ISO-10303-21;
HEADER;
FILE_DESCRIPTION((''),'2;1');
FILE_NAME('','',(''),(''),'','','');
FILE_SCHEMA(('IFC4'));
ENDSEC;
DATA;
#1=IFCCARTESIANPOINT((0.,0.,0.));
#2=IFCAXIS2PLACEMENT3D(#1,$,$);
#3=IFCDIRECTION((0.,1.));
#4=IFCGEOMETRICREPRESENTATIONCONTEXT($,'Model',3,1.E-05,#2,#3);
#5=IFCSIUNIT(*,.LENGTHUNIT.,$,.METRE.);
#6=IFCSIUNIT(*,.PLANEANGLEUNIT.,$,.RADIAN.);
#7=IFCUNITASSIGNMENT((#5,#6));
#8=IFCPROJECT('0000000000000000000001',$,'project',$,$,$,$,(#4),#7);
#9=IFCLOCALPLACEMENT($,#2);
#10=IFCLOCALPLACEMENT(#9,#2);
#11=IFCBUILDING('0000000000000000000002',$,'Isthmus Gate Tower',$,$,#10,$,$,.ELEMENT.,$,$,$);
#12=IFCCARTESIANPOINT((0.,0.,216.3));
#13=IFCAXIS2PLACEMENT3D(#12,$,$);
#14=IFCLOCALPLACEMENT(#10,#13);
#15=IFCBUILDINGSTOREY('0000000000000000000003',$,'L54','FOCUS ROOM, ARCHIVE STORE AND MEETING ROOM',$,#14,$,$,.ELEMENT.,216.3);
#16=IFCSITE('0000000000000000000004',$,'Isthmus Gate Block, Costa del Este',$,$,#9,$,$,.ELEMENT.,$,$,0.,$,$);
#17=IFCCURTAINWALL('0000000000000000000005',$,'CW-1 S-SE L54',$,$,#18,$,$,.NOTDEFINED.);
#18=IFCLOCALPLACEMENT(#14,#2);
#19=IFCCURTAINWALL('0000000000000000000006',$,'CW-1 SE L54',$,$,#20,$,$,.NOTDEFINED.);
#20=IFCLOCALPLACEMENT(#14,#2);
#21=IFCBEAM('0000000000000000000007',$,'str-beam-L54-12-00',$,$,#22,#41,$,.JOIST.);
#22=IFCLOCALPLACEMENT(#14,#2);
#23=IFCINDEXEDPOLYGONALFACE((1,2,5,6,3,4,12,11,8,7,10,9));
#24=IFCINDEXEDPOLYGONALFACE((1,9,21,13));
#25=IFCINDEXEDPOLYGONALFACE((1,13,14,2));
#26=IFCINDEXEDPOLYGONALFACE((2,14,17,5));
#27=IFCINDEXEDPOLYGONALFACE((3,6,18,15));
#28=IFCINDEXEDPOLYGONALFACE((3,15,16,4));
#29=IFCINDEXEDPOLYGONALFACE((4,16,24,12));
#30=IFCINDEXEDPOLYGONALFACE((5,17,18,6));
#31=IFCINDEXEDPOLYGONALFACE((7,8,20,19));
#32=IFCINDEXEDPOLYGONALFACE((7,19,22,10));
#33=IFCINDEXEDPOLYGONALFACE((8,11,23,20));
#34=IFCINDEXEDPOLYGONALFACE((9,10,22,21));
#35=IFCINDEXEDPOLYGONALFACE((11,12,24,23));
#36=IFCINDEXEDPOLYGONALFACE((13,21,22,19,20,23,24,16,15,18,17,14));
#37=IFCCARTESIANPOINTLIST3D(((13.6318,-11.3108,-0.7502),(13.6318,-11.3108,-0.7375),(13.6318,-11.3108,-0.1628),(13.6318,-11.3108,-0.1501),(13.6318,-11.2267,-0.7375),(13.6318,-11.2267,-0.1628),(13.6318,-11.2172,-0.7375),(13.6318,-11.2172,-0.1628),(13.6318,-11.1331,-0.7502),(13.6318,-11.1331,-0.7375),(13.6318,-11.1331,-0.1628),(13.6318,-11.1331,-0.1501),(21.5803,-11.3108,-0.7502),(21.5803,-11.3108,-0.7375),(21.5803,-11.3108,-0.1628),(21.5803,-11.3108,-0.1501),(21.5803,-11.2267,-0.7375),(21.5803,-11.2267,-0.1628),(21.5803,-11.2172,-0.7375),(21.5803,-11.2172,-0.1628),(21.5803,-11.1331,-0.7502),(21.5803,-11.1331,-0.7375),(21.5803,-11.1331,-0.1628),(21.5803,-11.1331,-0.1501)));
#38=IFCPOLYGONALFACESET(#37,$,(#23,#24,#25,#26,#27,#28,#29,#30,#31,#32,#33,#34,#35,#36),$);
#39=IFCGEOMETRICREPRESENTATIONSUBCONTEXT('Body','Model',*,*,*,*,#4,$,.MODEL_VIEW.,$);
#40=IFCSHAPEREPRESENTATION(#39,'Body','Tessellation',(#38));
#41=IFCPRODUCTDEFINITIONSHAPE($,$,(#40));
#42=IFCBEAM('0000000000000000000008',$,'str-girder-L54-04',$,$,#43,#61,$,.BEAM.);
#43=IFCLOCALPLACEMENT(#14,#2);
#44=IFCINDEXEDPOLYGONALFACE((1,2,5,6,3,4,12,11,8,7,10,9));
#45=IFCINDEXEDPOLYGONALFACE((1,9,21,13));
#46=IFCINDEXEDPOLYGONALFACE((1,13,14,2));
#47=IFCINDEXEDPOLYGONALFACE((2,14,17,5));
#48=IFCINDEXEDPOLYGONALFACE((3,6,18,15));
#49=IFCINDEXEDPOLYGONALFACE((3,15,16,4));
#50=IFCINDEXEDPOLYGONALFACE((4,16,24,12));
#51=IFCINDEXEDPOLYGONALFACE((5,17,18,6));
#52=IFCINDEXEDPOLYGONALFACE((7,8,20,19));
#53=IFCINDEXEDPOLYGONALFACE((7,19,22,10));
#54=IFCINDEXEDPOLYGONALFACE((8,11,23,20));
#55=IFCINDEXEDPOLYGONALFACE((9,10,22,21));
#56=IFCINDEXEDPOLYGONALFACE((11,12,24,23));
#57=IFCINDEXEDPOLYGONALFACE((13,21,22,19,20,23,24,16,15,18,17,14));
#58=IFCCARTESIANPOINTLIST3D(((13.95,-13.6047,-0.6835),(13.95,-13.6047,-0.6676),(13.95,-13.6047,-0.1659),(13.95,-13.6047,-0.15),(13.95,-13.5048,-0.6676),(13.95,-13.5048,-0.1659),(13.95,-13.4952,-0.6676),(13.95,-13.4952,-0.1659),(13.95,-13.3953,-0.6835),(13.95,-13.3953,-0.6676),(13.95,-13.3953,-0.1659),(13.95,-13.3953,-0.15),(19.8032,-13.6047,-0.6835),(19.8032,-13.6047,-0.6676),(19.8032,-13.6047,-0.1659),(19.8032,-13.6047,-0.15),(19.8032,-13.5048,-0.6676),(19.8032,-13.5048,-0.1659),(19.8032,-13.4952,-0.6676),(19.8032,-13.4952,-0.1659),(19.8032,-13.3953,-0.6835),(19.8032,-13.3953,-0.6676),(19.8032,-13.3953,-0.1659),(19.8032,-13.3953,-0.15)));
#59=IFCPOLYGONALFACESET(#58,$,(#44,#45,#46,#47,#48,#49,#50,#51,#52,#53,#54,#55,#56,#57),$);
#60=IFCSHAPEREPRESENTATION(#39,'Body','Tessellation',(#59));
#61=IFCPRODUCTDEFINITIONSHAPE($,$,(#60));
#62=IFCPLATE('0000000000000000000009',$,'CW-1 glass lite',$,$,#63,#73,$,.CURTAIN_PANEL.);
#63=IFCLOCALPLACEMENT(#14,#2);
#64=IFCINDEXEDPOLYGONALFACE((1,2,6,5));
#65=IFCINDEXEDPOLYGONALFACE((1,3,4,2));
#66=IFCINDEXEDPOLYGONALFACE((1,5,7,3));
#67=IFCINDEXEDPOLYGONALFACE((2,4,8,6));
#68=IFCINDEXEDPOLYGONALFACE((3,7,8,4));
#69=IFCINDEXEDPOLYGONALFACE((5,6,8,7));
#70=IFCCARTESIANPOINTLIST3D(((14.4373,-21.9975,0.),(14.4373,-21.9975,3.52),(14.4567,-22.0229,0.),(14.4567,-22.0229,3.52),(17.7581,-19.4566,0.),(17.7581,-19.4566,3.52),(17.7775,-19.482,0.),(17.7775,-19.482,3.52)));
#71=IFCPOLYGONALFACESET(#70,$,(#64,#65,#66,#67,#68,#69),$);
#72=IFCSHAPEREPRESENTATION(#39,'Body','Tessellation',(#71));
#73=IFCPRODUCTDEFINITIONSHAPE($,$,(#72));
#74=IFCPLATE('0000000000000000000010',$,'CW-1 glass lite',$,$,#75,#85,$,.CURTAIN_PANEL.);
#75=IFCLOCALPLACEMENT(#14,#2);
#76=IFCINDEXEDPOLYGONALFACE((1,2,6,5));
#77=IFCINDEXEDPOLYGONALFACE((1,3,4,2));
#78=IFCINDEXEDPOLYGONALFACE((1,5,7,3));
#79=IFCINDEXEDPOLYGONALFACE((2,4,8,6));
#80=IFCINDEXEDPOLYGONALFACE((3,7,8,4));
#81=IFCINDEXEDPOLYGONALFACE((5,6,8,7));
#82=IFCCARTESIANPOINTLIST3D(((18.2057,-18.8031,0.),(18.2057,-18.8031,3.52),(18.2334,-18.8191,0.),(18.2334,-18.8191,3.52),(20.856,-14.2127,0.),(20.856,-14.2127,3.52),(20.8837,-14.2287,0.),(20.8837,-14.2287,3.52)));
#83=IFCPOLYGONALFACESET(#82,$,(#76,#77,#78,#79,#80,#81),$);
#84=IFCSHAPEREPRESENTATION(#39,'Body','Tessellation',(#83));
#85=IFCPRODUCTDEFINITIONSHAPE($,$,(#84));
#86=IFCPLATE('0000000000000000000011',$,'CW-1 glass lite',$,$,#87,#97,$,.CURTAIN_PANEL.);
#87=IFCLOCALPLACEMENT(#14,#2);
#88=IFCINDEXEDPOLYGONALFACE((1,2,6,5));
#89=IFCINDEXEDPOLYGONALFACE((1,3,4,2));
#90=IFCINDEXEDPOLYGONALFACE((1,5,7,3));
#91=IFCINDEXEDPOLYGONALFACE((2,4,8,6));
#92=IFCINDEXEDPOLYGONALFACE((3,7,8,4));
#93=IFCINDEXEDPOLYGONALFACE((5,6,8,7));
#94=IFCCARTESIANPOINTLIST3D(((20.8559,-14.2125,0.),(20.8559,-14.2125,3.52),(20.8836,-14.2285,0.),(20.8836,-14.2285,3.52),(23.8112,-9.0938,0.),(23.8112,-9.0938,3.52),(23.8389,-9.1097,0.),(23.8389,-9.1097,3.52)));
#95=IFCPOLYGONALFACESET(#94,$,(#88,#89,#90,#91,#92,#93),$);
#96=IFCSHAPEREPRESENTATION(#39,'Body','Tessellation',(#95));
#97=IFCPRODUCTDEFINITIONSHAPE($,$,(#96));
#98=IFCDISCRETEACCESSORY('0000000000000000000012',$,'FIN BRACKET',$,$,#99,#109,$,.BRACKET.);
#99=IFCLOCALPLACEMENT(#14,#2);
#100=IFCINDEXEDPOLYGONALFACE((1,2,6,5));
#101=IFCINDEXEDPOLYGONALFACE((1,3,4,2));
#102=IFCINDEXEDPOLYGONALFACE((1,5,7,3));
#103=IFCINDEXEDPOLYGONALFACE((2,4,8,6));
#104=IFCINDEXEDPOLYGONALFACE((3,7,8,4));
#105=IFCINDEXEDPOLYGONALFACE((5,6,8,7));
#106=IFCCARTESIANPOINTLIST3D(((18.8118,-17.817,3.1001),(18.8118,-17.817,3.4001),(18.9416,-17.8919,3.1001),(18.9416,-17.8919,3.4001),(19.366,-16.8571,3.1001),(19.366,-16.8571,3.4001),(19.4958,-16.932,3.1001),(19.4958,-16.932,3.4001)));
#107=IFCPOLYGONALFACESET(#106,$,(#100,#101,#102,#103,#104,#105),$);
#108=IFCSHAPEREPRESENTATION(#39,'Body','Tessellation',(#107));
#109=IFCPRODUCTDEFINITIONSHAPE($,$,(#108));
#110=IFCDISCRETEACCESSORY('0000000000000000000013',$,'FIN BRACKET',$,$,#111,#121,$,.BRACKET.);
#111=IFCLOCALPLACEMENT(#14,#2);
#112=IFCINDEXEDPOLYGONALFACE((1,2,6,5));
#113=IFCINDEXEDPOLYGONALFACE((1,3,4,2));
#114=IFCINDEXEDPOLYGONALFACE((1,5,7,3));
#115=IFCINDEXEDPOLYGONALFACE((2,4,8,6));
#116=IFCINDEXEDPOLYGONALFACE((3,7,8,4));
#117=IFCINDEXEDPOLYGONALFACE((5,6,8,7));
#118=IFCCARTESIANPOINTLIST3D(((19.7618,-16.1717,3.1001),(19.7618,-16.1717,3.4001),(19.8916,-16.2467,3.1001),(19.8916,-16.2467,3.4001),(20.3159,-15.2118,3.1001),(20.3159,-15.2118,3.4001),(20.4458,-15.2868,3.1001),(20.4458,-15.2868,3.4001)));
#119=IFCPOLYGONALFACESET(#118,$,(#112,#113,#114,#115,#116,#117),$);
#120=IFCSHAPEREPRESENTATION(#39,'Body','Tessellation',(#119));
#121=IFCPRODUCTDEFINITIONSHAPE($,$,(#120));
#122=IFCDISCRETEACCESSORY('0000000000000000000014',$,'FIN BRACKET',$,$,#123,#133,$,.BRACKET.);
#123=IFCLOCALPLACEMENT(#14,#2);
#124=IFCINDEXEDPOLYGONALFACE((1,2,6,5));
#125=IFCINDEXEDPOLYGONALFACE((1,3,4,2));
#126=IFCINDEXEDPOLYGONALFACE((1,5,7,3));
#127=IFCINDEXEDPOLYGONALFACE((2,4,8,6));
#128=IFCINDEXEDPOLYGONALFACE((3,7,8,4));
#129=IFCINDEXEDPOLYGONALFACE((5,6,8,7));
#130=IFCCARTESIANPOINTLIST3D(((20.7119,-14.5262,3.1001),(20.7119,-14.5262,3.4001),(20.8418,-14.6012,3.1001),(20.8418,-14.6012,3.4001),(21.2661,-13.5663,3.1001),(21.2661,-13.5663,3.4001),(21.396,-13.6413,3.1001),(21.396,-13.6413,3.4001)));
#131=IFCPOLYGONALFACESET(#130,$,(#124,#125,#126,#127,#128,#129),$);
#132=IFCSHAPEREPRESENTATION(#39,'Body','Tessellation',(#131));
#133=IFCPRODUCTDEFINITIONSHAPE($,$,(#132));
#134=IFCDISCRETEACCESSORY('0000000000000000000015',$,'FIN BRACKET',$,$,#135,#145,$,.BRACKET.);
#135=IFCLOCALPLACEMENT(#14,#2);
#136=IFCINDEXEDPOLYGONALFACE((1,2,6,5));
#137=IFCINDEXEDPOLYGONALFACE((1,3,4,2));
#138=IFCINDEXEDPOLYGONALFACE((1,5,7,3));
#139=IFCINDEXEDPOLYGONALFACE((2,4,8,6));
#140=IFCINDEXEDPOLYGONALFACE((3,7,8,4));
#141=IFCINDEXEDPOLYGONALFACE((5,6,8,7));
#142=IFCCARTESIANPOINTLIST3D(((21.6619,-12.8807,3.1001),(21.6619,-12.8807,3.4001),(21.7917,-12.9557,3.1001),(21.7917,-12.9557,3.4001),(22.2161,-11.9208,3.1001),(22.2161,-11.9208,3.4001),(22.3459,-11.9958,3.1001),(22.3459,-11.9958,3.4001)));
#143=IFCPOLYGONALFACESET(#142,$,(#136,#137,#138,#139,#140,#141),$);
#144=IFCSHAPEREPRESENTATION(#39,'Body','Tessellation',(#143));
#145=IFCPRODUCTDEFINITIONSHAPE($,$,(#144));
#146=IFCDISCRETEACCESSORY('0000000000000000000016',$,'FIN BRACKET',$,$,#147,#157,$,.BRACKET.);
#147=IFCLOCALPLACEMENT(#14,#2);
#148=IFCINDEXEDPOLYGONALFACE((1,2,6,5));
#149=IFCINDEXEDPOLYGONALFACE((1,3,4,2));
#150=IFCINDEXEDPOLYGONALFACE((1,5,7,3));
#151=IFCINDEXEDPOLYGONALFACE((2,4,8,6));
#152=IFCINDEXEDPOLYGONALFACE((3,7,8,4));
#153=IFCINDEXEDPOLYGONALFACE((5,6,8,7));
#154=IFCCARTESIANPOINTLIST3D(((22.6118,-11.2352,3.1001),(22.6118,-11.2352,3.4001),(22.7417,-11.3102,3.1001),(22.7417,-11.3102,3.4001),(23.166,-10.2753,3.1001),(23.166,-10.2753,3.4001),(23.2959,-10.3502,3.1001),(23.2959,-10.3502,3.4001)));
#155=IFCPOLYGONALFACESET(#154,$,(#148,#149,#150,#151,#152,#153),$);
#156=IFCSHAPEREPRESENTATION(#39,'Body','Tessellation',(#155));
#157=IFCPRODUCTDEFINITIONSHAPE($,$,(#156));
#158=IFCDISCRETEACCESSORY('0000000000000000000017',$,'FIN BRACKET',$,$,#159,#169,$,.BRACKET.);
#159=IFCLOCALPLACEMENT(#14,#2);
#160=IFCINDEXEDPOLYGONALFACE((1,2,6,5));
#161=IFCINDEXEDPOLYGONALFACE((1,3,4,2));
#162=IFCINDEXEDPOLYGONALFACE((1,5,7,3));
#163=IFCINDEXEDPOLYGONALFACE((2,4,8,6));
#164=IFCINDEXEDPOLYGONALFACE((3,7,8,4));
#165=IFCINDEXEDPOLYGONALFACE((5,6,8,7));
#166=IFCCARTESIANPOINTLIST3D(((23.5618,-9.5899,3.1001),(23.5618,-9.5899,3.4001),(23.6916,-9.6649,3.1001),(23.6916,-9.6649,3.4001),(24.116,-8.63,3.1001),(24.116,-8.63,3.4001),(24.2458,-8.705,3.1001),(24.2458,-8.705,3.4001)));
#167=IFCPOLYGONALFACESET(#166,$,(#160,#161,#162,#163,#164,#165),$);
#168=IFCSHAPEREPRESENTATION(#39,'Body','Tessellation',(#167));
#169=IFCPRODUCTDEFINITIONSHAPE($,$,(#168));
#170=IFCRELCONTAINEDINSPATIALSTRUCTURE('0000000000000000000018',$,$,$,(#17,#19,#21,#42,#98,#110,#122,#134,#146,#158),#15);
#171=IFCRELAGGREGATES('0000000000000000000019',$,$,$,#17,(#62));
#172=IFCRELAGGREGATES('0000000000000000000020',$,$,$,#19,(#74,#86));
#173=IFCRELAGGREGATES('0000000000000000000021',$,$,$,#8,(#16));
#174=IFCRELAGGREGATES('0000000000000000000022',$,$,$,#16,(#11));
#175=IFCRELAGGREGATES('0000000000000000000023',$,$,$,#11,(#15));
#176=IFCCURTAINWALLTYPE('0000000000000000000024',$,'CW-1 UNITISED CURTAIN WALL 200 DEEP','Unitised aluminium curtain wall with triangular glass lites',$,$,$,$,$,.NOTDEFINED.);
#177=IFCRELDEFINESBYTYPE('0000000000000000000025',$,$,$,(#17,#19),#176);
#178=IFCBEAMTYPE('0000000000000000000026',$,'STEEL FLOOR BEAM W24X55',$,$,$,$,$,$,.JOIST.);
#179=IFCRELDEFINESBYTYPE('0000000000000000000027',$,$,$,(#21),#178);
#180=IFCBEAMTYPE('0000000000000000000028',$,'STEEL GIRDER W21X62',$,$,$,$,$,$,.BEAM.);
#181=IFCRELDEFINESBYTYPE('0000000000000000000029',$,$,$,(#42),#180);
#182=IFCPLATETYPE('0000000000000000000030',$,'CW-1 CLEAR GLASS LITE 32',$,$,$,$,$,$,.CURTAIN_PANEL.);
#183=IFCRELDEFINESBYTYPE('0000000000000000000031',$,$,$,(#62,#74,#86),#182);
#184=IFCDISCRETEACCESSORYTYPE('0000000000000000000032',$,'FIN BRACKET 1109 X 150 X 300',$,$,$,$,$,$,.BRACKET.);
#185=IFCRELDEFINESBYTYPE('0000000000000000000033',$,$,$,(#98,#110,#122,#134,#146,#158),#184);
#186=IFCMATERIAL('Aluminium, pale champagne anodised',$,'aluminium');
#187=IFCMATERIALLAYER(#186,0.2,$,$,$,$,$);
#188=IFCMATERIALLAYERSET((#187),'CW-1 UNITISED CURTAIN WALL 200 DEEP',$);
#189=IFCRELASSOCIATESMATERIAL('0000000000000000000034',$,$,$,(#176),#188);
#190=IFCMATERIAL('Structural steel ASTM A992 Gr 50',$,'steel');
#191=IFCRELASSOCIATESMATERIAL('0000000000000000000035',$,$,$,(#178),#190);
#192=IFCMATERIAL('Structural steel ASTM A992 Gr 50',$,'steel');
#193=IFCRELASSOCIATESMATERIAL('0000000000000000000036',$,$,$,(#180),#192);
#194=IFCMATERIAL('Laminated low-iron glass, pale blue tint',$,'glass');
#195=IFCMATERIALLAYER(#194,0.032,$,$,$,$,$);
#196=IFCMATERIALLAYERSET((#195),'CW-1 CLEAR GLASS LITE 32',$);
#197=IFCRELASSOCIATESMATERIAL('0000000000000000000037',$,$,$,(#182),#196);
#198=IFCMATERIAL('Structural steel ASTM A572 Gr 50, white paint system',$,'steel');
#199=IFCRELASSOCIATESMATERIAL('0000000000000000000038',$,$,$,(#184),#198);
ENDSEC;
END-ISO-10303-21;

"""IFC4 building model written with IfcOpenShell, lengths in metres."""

from ifc_helpers import new_model, si_unit, direction, frame, origin, origin_2d, place, context, subcontext, project, spatial, rectangle, i_section, extrude, material, layer, layer_set, material_profile, profile_set, type_object, element, aggregate, save


model = new_model("IFC4")

# Units and contexts
model_context = context("Model", 3, precision=1e-05, world=origin(), true_north=direction((0.0, 1.0)))
body_context = subcontext(model_context, "Body", "Model", "MODEL_VIEW")
ifc_project = project(units=[si_unit("LENGTHUNIT", "METRE"), si_unit("PLANEANGLEUNIT", "RADIAN")], contexts=[model_context])

# Site, building, storey
site_placement = place(None, origin())
site = spatial("IfcSite", under=ifc_project, at=site_placement, Name="Isthmus Gate Block, Costa del Este", CompositionType="ELEMENT", RefElevation=0.0)
building_placement = place(site_placement, origin())
building = spatial("IfcBuilding", under=site, at=building_placement, Name="Isthmus Gate Tower", CompositionType="ELEMENT")
storey_placement = place(building_placement, frame((0.0, 0.0, 216.3)))
storey = spatial("IfcBuildingStorey", under=building, at=storey_placement, Name="L54", Description="FOCUS ROOM, ARCHIVE STORE AND MEETING ROOM", CompositionType="ELEMENT", Elevation=216.3)

# Curtain wall
ifc_material_1 = material(Name="Aluminium, pale champagne anodised", Category="aluminium")
ifc_layer_1 = layer(ifc_material_1, 0.2)
ifc_layer_set_1 = layer_set([ifc_layer_1], Name="CW-1 UNITISED CURTAIN WALL 200 DEEP")
curtain_wall_type = type_object("IfcCurtainWallType", Name="CW-1 UNITISED CURTAIN WALL 200 DEEP", Description="Unitised aluminium curtain wall with triangular glass lites", PredefinedType="NOTDEFINED", material=ifc_layer_set_1)
curtain_wall_1_placement = place(storey_placement, origin())
curtain_wall_1 = element("IfcCurtainWall", 1, at=curtain_wall_1_placement, inside=storey, type_object=curtain_wall_type, Name="CW-1 S-SE L54", PredefinedType="NOTDEFINED")

# Curtain wall
curtain_wall_2_placement = place(storey_placement, origin())
curtain_wall_2 = element("IfcCurtainWall", 2, at=curtain_wall_2_placement, inside=storey, type_object=curtain_wall_type, Name="CW-1 SE L54", PredefinedType="NOTDEFINED")

# Beams
ifc_material_2 = material(Name="Structural steel ASTM A992 Gr 50", Category="steel")
ifc_material_profile_1 = material_profile(ifc_material_2, i_section(OverallWidth=0.1777, OverallDepth=0.6001, WebThickness=0.0095, FlangeThickness=0.0127, at=origin_2d()), Name="W24X55")
ifc_profile_set_1 = profile_set([ifc_material_profile_1], Name="Structural steel ASTM A992 Gr 50")
beam_type_1 = type_object("IfcBeamType", Name="STEEL FLOOR BEAM W24X55", PredefinedType="JOIST", material=ifc_profile_set_1)
beam_1_placement = place(storey_placement, frame((13.6318, -11.2219, -0.4502), z_axis=(1.0, 0.0, 0.0), x_axis=(0.0, 1.0, 0.0)))
element("IfcBeam", 3, at=beam_1_placement, inside=storey, type_object=beam_type_1, Name="str-beam-L54-12-00", PredefinedType="JOIST", context=body_context, shape_type="SweptSolid", body=[
    extrude(i_section(OverallWidth=0.1777, OverallDepth=0.6001, WebThickness=0.0095, FlangeThickness=0.0127, at=origin_2d()), origin(), (0.0, 0.0, 1.0), 7.9485),
])
ifc_material_3 = material(Name="Structural steel ASTM A992 Gr 50", Category="steel")
ifc_material_profile_2 = material_profile(ifc_material_3, i_section(OverallWidth=0.2095, OverallDepth=0.5334, WebThickness=0.0095, FlangeThickness=0.0159, at=origin_2d()), Name="W21X62")
ifc_profile_set_2 = profile_set([ifc_material_profile_2], Name="Structural steel ASTM A992 Gr 50")
beam_type_2 = type_object("IfcBeamType", Name="STEEL GIRDER W21X62", PredefinedType="BEAM", material=ifc_profile_set_2)
beam_2_placement = place(storey_placement, frame((13.95, -13.5, -0.4167), z_axis=(1.0, 0.0, 0.0), x_axis=(0.0, 1.0, 0.0)))
element("IfcBeam", 4, at=beam_2_placement, inside=storey, type_object=beam_type_2, Name="str-girder-L54-04", PredefinedType="BEAM", context=body_context, shape_type="SweptSolid", body=[
    extrude(i_section(OverallWidth=0.2095, OverallDepth=0.5334, WebThickness=0.0095, FlangeThickness=0.0159, at=origin_2d()), origin(), (0.0, 0.0, 1.0), 5.8533),
])

# Plates
ifc_material_4 = material(Name="Laminated low-iron glass, pale blue tint", Category="glass")
ifc_layer_2 = layer(ifc_material_4, 0.032)
ifc_layer_set_2 = layer_set([ifc_layer_2], Name="CW-1 CLEAR GLASS LITE 32")
plate_type = type_object("IfcPlateType", Name="CW-1 CLEAR GLASS LITE 32", PredefinedType="CURTAIN_PANEL", material=ifc_layer_set_2)
plate_1_placement = place(storey_placement, frame((16.1074, -20.7397, 0.0), z_axis=(0.0, 0.0, 1.0), x_axis=(0.794189, 0.607671, 0.0)))
plate_1 = element("IfcPlate", 5, at=plate_1_placement, type_object=plate_type, Name="CW-1 glass lite", PredefinedType="CURTAIN_PANEL", context=body_context, shape_type="SweptSolid", body=[
    extrude(rectangle(XDim=4.1814, YDim=0.032, at=origin_2d()), origin(), (0.0, 0.0, 1.0), 3.52),
])
aggregate(curtain_wall_1, [plate_1])
plate_2_placement = place(storey_placement, frame((19.5447, -16.5159, 0.0), z_axis=(0.0, 0.0, 1.0), x_axis=(0.5, 0.866025, 0.0)))
plate_2 = element("IfcPlate", 6, at=plate_2_placement, type_object=plate_type, Name="CW-1 glass lite", PredefinedType="CURTAIN_PANEL", context=body_context, shape_type="SweptSolid", body=[
    extrude(rectangle(XDim=5.3005, YDim=0.032, at=origin_2d()), origin(), (0.0, 0.0, 1.0), 3.52),
])
plate_3_placement = place(storey_placement, frame((22.3474, -11.6611, 0.0), z_axis=(0.0, 0.0, 1.0), x_axis=(0.5, 0.866025, 0.0)))
plate_3 = element("IfcPlate", 7, at=plate_3_placement, type_object=plate_type, Name="CW-1 glass lite", PredefinedType="CURTAIN_PANEL", context=body_context, shape_type="SweptSolid", body=[
    extrude(rectangle(XDim=5.9106, YDim=0.032, at=origin_2d()), origin(), (0.0, 0.0, 1.0), 3.52),
])
aggregate(curtain_wall_2, [plate_2, plate_3])

# Discrete accessories
ifc_material_5 = material(Name="Structural steel ASTM A572 Gr 50, white paint system", Category="steel")
discrete_accessory_type = type_object("IfcDiscreteAccessoryType", Name="FIN BRACKET 1109 X 150 X 300", PredefinedType="BRACKET", material=ifc_material_5)
for number, where, z_axis, x_axis, name in (
    (8, (19.1538, -17.3745, 3.1001), (0.0, 0.0, 1.0), (0.866025, -0.5, 0.0), "FIN BRACKET"),
    (9, (20.1038, -15.7292, 3.1001), (0.0, 0.0, 1.0), (0.866025, -0.5, 0.0), "FIN BRACKET"),
    (10, (21.054, -14.0837, 3.1001), (0.0, 0.0, 1.0), (0.866025, -0.5, 0.0), "FIN BRACKET"),
    (11, (22.0039, -12.4382, 3.1001), (0.0, 0.0, 1.0), (0.866025, -0.5, 0.0), "FIN BRACKET"),
    (12, (22.9539, -10.7927, 3.1001), (0.0, 0.0, 1.0), (0.866025, -0.5, 0.0), "FIN BRACKET"),
    (13, (23.9038, -9.1475, 3.1001), (0.0, 0.0, 1.0), (0.866025, -0.5, 0.0), "FIN BRACKET"),
):
    element("IfcDiscreteAccessory", number, at=place(storey_placement, frame(where, z_axis=z_axis, x_axis=x_axis)), inside=storey, type_object=discrete_accessory_type, Name=name, PredefinedType="BRACKET", context=body_context, shape_type="SweptSolid", body=[
        extrude(rectangle(XDim=0.1499, YDim=1.1084, at=origin_2d()), origin(), (0.0, 0.0, 1.0), 0.3),
    ])

save(model, "model.ifc")
